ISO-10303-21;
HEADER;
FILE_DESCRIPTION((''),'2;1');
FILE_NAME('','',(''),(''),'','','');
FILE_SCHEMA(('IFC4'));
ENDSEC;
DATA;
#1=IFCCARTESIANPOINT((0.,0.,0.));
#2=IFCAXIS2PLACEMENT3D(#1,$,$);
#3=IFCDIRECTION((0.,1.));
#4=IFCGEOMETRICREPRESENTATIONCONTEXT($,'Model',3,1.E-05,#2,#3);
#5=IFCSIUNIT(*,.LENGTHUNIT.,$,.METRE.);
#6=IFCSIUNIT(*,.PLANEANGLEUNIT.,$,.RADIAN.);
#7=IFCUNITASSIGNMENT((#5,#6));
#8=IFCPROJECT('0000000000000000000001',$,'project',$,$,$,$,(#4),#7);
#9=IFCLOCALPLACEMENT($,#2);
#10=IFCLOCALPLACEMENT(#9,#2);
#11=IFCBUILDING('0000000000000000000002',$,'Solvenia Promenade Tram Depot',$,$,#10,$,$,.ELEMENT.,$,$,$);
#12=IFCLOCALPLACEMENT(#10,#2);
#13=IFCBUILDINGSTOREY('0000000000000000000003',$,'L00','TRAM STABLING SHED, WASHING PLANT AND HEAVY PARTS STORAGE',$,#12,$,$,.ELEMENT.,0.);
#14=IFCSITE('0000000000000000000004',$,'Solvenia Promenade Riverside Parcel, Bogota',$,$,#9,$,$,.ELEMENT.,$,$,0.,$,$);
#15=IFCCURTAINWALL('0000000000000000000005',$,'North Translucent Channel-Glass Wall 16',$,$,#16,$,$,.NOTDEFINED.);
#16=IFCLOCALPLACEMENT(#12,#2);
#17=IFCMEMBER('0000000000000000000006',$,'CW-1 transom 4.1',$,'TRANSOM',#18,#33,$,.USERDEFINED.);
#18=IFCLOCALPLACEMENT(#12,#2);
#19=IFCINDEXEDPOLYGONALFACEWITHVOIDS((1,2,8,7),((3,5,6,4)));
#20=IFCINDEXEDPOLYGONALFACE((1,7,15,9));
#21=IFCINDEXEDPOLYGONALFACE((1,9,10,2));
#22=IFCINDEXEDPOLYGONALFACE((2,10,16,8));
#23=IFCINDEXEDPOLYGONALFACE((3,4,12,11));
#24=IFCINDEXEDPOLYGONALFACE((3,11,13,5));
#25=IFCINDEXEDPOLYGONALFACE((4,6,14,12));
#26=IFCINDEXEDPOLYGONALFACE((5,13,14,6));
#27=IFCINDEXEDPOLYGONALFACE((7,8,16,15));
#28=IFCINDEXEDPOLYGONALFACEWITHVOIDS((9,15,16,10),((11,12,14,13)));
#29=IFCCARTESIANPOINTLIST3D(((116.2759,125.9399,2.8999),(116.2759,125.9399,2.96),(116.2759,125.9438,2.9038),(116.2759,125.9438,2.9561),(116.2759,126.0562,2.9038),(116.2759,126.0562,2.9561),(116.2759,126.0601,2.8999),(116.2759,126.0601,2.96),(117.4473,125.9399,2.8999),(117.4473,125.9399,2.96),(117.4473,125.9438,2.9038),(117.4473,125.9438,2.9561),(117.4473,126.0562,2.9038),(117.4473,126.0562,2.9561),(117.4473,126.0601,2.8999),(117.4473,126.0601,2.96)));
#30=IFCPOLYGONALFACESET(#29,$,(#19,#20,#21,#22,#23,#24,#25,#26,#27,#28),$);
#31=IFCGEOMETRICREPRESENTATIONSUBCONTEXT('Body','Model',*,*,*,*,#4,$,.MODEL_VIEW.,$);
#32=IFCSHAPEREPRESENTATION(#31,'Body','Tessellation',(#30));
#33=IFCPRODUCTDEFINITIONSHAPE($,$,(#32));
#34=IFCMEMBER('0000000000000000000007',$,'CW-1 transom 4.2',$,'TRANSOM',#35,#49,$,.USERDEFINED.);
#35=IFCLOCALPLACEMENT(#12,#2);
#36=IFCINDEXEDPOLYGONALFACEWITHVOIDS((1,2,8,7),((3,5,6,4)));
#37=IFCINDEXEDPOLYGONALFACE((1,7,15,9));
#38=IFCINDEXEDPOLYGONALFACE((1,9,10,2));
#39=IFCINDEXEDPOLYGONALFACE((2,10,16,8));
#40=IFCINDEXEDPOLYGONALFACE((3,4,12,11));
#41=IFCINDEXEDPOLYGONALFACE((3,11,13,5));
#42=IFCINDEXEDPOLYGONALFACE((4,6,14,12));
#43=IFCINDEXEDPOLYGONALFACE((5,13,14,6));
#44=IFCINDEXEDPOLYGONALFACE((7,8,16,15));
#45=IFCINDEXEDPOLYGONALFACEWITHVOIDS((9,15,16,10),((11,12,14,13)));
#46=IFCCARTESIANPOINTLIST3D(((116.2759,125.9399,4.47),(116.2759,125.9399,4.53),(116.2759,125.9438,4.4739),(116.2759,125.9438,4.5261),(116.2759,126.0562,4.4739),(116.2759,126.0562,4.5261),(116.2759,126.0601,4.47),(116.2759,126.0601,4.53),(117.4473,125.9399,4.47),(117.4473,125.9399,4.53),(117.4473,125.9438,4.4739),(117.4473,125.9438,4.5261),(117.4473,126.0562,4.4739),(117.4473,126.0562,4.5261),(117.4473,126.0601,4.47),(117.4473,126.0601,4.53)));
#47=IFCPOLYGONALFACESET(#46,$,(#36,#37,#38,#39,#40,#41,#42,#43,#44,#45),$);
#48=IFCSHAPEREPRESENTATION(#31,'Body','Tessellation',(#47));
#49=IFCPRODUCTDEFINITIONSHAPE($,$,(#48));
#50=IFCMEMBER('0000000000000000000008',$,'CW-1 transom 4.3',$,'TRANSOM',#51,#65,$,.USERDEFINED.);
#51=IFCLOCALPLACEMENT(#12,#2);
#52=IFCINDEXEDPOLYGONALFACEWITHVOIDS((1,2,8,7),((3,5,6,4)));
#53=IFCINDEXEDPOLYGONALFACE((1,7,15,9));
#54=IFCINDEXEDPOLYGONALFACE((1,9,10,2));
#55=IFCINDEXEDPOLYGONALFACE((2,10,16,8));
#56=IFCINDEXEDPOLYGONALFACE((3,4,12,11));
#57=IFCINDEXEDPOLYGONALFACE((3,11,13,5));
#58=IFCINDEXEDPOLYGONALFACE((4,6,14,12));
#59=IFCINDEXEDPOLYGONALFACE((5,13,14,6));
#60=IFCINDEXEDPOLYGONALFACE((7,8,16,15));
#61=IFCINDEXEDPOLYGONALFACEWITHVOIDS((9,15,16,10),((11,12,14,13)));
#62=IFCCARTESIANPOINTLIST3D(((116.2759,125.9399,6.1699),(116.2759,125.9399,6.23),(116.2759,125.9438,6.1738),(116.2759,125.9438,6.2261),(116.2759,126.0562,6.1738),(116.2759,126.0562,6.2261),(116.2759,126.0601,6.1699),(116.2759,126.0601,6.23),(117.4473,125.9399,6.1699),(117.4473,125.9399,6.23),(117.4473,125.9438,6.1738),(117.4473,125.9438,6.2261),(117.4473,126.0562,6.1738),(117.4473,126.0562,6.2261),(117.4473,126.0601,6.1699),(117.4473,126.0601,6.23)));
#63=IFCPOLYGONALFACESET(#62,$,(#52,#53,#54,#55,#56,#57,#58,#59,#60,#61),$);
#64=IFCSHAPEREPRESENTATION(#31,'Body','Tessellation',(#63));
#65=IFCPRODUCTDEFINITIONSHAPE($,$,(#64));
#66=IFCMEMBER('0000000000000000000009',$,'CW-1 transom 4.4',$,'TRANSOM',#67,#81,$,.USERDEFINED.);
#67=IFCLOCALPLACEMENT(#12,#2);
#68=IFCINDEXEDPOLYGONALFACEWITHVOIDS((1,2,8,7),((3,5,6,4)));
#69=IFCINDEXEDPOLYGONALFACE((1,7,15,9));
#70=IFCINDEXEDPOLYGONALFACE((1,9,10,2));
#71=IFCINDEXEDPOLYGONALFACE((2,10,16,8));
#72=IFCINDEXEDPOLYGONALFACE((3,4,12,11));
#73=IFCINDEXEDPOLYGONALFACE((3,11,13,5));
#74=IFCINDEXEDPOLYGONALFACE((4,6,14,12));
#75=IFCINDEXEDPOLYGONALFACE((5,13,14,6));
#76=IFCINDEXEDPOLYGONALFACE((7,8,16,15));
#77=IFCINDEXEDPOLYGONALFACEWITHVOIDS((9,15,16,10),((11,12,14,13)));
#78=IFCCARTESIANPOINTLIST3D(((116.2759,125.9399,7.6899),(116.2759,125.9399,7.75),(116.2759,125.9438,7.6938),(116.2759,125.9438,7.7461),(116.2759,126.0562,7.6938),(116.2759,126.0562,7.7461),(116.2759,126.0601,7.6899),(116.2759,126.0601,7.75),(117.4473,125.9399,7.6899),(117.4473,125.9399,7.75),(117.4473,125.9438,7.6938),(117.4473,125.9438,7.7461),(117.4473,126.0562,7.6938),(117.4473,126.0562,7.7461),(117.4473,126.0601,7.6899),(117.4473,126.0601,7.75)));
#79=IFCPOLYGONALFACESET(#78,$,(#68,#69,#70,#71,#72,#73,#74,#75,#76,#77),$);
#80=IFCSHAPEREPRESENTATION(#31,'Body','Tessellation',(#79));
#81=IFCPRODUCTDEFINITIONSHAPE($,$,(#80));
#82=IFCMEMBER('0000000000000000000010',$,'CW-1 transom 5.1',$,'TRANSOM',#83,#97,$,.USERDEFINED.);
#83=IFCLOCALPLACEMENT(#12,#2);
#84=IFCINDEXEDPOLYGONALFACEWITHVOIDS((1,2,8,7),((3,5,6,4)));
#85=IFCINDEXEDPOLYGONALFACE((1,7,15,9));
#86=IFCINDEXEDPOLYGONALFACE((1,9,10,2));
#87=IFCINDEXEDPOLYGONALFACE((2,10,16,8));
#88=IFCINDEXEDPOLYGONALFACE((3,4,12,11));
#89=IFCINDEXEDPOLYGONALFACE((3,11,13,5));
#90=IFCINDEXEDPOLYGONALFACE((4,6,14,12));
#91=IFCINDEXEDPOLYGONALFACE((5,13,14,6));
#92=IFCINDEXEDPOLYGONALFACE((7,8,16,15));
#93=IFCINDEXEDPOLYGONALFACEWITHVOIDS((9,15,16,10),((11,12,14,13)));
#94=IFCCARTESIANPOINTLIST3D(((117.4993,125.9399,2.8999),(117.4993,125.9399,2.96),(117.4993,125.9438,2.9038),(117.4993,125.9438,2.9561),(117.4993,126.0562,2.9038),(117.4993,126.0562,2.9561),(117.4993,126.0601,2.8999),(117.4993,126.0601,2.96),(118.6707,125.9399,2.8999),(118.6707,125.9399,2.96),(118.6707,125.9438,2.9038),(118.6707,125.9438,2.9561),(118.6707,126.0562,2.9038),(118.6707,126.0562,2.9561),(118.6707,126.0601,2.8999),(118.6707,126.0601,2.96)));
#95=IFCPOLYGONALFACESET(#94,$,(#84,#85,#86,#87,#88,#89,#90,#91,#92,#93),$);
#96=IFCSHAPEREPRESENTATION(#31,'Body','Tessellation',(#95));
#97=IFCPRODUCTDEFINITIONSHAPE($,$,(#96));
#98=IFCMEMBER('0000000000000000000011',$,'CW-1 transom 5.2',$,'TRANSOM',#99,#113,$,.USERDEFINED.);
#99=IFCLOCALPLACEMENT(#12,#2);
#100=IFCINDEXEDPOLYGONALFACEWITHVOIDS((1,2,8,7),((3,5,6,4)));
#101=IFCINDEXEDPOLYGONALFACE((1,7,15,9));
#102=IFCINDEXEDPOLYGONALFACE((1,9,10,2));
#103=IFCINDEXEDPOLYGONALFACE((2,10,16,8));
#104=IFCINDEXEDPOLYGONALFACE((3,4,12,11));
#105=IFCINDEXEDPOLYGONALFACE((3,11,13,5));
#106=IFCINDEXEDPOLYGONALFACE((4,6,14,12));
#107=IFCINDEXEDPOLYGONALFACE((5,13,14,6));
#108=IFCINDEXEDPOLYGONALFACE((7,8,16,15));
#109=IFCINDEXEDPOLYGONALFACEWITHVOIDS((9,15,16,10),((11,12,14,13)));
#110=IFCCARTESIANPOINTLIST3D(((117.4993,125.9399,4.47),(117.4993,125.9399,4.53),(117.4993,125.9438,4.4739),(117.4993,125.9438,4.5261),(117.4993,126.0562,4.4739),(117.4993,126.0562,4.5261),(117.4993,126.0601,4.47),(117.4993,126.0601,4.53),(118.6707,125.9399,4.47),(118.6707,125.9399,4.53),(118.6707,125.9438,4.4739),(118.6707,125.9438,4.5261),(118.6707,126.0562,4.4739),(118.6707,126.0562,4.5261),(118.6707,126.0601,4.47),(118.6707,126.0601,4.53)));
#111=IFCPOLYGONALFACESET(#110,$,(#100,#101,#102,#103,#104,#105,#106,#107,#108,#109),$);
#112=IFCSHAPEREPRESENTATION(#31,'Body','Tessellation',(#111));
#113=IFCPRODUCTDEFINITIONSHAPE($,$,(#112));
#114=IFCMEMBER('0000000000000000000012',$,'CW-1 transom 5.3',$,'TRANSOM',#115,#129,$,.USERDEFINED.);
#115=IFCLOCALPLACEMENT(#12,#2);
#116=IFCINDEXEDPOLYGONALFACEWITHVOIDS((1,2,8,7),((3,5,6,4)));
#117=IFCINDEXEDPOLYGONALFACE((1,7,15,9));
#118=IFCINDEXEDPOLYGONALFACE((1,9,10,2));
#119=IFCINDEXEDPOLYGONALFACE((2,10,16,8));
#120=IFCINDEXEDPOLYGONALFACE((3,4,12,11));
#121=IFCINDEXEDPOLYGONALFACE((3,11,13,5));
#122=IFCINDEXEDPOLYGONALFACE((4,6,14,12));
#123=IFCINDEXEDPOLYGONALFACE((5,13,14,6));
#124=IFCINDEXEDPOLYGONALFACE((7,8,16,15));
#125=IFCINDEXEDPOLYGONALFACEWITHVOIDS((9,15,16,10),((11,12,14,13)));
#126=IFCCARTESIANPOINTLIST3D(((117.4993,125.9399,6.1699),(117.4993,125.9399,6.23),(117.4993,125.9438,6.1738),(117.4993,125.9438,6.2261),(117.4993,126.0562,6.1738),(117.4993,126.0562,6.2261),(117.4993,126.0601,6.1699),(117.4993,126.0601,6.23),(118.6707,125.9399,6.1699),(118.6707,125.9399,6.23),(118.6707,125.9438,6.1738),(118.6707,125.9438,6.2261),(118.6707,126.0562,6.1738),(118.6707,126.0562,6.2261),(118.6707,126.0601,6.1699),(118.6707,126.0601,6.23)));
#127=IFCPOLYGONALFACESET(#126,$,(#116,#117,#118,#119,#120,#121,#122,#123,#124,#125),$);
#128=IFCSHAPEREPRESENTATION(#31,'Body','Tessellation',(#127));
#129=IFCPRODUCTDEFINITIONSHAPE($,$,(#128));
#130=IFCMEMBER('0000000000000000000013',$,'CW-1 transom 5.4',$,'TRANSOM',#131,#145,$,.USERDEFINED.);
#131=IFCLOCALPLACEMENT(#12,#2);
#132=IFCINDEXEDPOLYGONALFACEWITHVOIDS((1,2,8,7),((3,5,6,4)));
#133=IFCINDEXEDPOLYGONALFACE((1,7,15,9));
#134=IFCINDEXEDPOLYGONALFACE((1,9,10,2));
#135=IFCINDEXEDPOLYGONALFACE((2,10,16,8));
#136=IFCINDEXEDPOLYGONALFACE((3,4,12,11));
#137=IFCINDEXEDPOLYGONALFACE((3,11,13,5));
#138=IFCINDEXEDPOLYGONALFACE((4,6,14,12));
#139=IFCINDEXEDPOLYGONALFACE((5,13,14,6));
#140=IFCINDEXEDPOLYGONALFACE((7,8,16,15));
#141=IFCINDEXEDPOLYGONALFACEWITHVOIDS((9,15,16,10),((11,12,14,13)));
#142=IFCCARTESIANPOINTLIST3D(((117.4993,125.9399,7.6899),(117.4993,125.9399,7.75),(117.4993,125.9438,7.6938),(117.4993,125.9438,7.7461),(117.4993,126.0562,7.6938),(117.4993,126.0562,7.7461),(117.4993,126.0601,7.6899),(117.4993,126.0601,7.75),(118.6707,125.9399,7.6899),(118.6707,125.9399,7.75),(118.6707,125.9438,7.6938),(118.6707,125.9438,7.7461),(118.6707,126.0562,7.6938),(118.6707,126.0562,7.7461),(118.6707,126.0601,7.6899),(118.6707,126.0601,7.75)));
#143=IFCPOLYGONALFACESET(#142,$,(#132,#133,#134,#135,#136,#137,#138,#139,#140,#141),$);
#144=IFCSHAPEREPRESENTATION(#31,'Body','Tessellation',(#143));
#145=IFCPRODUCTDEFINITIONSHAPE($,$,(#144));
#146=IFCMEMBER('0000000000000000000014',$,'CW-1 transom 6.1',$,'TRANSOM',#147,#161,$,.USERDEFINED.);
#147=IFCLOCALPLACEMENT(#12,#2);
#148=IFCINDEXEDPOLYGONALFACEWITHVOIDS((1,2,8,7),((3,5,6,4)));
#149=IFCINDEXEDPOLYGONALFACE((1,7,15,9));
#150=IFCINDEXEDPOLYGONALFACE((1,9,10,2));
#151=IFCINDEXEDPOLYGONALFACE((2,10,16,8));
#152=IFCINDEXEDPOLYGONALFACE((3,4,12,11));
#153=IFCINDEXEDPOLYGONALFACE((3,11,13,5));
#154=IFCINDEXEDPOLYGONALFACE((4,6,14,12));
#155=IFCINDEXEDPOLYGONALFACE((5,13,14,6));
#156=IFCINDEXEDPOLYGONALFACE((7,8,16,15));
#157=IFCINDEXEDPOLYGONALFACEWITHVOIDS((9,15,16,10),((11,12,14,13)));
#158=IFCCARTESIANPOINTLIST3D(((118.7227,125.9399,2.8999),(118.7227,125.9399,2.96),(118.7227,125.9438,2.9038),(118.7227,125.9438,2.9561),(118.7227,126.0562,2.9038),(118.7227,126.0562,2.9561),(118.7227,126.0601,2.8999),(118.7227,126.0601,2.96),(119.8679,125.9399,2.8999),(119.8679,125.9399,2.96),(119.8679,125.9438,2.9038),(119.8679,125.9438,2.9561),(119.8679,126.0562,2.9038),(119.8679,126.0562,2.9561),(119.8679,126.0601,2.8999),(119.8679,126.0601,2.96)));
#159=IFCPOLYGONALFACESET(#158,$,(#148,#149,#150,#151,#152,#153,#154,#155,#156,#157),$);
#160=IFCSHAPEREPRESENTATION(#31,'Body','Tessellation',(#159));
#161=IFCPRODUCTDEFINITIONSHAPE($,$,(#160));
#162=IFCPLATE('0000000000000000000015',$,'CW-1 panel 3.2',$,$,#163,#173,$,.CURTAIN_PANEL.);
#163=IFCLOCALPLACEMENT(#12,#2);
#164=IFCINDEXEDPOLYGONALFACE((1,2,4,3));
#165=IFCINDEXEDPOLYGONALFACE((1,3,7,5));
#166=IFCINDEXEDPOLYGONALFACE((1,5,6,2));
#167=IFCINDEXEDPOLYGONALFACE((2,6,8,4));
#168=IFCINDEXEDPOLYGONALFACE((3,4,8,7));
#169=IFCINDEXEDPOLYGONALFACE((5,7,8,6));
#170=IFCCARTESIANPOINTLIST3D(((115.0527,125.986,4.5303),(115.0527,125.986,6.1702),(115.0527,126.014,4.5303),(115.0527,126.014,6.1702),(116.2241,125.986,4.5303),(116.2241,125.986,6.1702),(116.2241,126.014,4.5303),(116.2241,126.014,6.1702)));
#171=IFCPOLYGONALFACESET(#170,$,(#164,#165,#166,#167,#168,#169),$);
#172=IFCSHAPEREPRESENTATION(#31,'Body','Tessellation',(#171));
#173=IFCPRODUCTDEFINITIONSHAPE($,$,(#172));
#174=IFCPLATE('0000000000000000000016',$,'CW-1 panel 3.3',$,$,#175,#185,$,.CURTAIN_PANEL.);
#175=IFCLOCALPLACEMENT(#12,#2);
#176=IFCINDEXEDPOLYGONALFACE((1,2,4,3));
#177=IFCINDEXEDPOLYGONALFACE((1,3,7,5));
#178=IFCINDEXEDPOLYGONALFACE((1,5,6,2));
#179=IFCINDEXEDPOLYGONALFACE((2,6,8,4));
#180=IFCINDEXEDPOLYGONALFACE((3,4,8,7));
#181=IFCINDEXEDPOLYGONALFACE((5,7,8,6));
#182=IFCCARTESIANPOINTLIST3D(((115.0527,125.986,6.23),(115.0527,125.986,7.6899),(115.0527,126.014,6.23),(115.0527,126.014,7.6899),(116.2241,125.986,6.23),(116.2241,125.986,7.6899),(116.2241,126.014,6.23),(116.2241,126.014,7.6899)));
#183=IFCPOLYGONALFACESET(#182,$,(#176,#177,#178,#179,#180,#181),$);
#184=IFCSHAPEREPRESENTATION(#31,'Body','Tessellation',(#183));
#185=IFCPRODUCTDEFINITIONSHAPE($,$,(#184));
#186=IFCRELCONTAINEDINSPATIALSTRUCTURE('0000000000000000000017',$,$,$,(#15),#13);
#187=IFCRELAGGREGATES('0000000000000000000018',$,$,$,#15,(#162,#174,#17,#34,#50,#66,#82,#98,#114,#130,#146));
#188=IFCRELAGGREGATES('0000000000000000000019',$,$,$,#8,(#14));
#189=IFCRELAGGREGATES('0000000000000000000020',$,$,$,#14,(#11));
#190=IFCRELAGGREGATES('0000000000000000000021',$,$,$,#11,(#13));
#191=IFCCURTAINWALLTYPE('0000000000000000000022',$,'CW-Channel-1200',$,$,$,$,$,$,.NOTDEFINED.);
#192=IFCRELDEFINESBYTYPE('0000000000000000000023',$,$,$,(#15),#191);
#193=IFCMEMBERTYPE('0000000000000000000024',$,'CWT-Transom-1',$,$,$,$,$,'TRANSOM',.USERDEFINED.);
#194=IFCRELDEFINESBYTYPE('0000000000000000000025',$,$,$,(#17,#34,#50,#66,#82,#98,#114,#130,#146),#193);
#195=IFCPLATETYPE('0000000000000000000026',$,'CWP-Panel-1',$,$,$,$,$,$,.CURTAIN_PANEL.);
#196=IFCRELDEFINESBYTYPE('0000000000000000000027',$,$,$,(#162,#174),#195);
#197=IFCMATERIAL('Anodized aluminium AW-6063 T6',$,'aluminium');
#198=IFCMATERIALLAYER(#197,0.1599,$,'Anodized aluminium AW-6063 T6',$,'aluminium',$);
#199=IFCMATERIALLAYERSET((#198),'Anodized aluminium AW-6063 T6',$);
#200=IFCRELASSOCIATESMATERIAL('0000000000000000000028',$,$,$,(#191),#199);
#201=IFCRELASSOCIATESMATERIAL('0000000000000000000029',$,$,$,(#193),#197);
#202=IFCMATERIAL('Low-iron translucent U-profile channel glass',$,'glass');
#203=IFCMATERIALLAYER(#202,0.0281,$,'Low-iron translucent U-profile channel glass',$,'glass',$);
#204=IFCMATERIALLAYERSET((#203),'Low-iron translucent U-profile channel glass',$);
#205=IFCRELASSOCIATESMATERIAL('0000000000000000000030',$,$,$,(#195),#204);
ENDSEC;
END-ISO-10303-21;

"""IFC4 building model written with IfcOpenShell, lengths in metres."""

from ifc_helpers import new_model, si_unit, direction, frame, origin, origin_2d, place, context, subcontext, project, spatial, rectangle, hollow_rectangle, extrude, material, layer, layer_set, material_profile, profile_set, type_object, element, aggregate, save


model = new_model("IFC4")

# Units and contexts
model_context = context("Model", 3, precision=1e-05, world=origin(), true_north=direction((0.0, 1.0)))
body_context = subcontext(model_context, "Body", "Model", "MODEL_VIEW")
ifc_project = project(units=[si_unit("LENGTHUNIT", "METRE"), si_unit("PLANEANGLEUNIT", "RADIAN")], contexts=[model_context])

# Site, building, storey
site_placement = place(None, origin())
site = spatial("IfcSite", under=ifc_project, at=site_placement, Name="Solvenia Promenade Riverside Parcel, Bogota", CompositionType="ELEMENT", RefElevation=0.0)
building_placement = place(site_placement, origin())
building = spatial("IfcBuilding", under=site, at=building_placement, Name="Solvenia Promenade Tram Depot", CompositionType="ELEMENT")
storey_placement = place(building_placement, origin())
storey = spatial("IfcBuildingStorey", under=building, at=storey_placement, Name="L00", Description="TRAM STABLING SHED, WASHING PLANT AND HEAVY PARTS STORAGE", CompositionType="ELEMENT", Elevation=0.0)

# Curtain wall, members, plates
ifc_material_1 = material(Name="Anodized aluminium AW-6063 T6", Category="aluminium")
ifc_layer_1 = layer(ifc_material_1, 0.1599, Name="Anodized aluminium AW-6063 T6", Category="aluminium")
ifc_layer_set_1 = layer_set([ifc_layer_1], Name="Anodized aluminium AW-6063 T6")
curtain_wall_type = type_object("IfcCurtainWallType", Name="CW-Channel-1200", PredefinedType="NOTDEFINED", material=ifc_layer_set_1)
curtain_wall_placement = place(storey_placement, origin())
curtain_wall = element("IfcCurtainWall", 1, at=curtain_wall_placement, inside=storey, type_object=curtain_wall_type, Name="North Translucent Channel-Glass Wall 16", PredefinedType="NOTDEFINED")
ifc_material_profile_1 = material_profile(ifc_material_1, hollow_rectangle(XDim=0.1201, YDim=0.0601, WallThickness=0.0039, at=origin_2d()), Name="ALU-T1", Category="aluminium")
ifc_profile_set_1 = profile_set([ifc_material_profile_1], Name="Anodized aluminium AW-6063 T6")
member_type_1 = type_object("IfcMemberType", Name="CWT-Transom-1", ElementType="TRANSOM", PredefinedType="USERDEFINED", material=ifc_profile_set_1)
member_1_placement = place(storey_placement, frame((116.2759, 126.0, 2.9299), z_axis=(1.0, 0.0, 0.0), x_axis=(0.0, 1.0, 0.0)))
member_1 = element("IfcMember", 2, at=member_1_placement, type_object=member_type_1, Name="CW-1 transom 4.1", ObjectType="TRANSOM", PredefinedType="USERDEFINED", context=body_context, shape_type="SweptSolid", body=[
    extrude(hollow_rectangle(XDim=0.1201, YDim=0.0601, WallThickness=0.0039, at=origin_2d()), origin(), (0.0, 0.0, 1.0), 1.1714),
])
member_2_placement = place(storey_placement, frame((116.2759, 126.0, 4.5), z_axis=(1.0, 0.0, 0.0), x_axis=(0.0, 1.0, 0.0)))
member_2 = element("IfcMember", 3, at=member_2_placement, type_object=member_type_1, Name="CW-1 transom 4.2", ObjectType="TRANSOM", PredefinedType="USERDEFINED", context=body_context, shape_type="SweptSolid", body=[
    extrude(hollow_rectangle(XDim=0.1201, YDim=0.0601, WallThickness=0.0039, at=origin_2d()), origin(), (0.0, 0.0, 1.0), 1.1714),
])
member_3_placement = place(storey_placement, frame((116.2759, 126.0, 6.2), z_axis=(1.0, 0.0, 0.0), x_axis=(0.0, 1.0, 0.0)))
member_3 = element("IfcMember", 4, at=member_3_placement, type_object=member_type_1, Name="CW-1 transom 4.3", ObjectType="TRANSOM", PredefinedType="USERDEFINED", context=body_context, shape_type="SweptSolid", body=[
    extrude(hollow_rectangle(XDim=0.1201, YDim=0.0601, WallThickness=0.0039, at=origin_2d()), origin(), (0.0, 0.0, 1.0), 1.1714),
])
member_4_placement = place(storey_placement, frame((116.2759, 126.0, 7.72), z_axis=(1.0, 0.0, 0.0), x_axis=(0.0, 1.0, 0.0)))
member_4 = element("IfcMember", 5, at=member_4_placement, type_object=member_type_1, Name="CW-1 transom 4.4", ObjectType="TRANSOM", PredefinedType="USERDEFINED", context=body_context, shape_type="SweptSolid", body=[
    extrude(hollow_rectangle(XDim=0.1201, YDim=0.0601, WallThickness=0.0039, at=origin_2d()), origin(), (0.0, 0.0, 1.0), 1.1714),
])
member_5_placement = place(storey_placement, frame((117.4993, 126.0, 2.9299), z_axis=(1.0, 0.0, 0.0), x_axis=(0.0, 1.0, 0.0)))
member_5 = element("IfcMember", 6, at=member_5_placement, type_object=member_type_1, Name="CW-1 transom 5.1", ObjectType="TRANSOM", PredefinedType="USERDEFINED", context=body_context, shape_type="SweptSolid", body=[
    extrude(hollow_rectangle(XDim=0.1201, YDim=0.0601, WallThickness=0.0039, at=origin_2d()), origin(), (0.0, 0.0, 1.0), 1.1714),
])
member_6_placement = place(storey_placement, frame((117.4993, 126.0, 4.5), z_axis=(1.0, 0.0, 0.0), x_axis=(0.0, 1.0, 0.0)))
member_6 = element("IfcMember", 7, at=member_6_placement, type_object=member_type_1, Name="CW-1 transom 5.2", ObjectType="TRANSOM", PredefinedType="USERDEFINED", context=body_context, shape_type="SweptSolid", body=[
    extrude(hollow_rectangle(XDim=0.1201, YDim=0.0601, WallThickness=0.0039, at=origin_2d()), origin(), (0.0, 0.0, 1.0), 1.1714),
])
member_7_placement = place(storey_placement, frame((117.4993, 126.0, 6.2), z_axis=(1.0, 0.0, 0.0), x_axis=(0.0, 1.0, 0.0)))
member_7 = element("IfcMember", 8, at=member_7_placement, type_object=member_type_1, Name="CW-1 transom 5.3", ObjectType="TRANSOM", PredefinedType="USERDEFINED", context=body_context, shape_type="SweptSolid", body=[
    extrude(hollow_rectangle(XDim=0.1201, YDim=0.0601, WallThickness=0.0039, at=origin_2d()), origin(), (0.0, 0.0, 1.0), 1.1714),
])
member_8_placement = place(storey_placement, frame((117.4993, 126.0, 7.72), z_axis=(1.0, 0.0, 0.0), x_axis=(0.0, 1.0, 0.0)))
member_8 = element("IfcMember", 9, at=member_8_placement, type_object=member_type_1, Name="CW-1 transom 5.4", ObjectType="TRANSOM", PredefinedType="USERDEFINED", context=body_context, shape_type="SweptSolid", body=[
    extrude(hollow_rectangle(XDim=0.1201, YDim=0.0601, WallThickness=0.0039, at=origin_2d()), origin(), (0.0, 0.0, 1.0), 1.1714),
])
member_9_placement = place(storey_placement, frame((118.7227, 126.0, 2.9299), z_axis=(1.0, 0.0, 0.0), x_axis=(0.0, 1.0, 0.0)))
member_9 = element("IfcMember", 10, at=member_9_placement, type_object=member_type_1, Name="CW-1 transom 6.1", ObjectType="TRANSOM", PredefinedType="USERDEFINED", context=body_context, shape_type="SweptSolid", body=[
    extrude(hollow_rectangle(XDim=0.1201, YDim=0.0601, WallThickness=0.0039, at=origin_2d()), origin(), (0.0, 0.0, 1.0), 1.1453),
])
ifc_material_2 = material(Name="Low-iron translucent U-profile channel glass", Category="glass")
ifc_layer_2 = layer(ifc_material_2, 0.0281, Name="Low-iron translucent U-profile channel glass", Category="glass")
ifc_layer_set_2 = layer_set([ifc_layer_2], Name="Low-iron translucent U-profile channel glass")
plate_type = type_object("IfcPlateType", Name="CWP-Panel-1", PredefinedType="CURTAIN_PANEL", material=ifc_layer_set_2)
plate_1_placement = place(storey_placement, frame((115.6384, 126.0, 4.5303), z_axis=(0.0, 0.0, 1.0), x_axis=(1.0, 0.0, 0.0)))
plate_1 = element("IfcPlate", 11, at=plate_1_placement, type_object=plate_type, Name="CW-1 panel 3.2", PredefinedType="CURTAIN_PANEL", context=body_context, shape_type="SweptSolid", body=[
    extrude(rectangle(XDim=1.1714, YDim=0.0281, at=origin_2d()), origin(), (0.0, 0.0, 1.0), 1.6399),
])
plate_2_placement = place(storey_placement, frame((115.6384, 126.0, 6.23), z_axis=(0.0, 0.0, 1.0), x_axis=(1.0, 0.0, 0.0)))
plate_2 = element("IfcPlate", 12, at=plate_2_placement, type_object=plate_type, Name="CW-1 panel 3.3", PredefinedType="CURTAIN_PANEL", context=body_context, shape_type="SweptSolid", body=[
    extrude(rectangle(XDim=1.1714, YDim=0.0281, at=origin_2d()), origin(), (0.0, 0.0, 1.0), 1.46),
])
aggregate(curtain_wall, [plate_1, plate_2, member_1, member_2, member_3, member_4, member_5, member_6, member_7, member_8, member_9])

save(model, "model.ifc")
